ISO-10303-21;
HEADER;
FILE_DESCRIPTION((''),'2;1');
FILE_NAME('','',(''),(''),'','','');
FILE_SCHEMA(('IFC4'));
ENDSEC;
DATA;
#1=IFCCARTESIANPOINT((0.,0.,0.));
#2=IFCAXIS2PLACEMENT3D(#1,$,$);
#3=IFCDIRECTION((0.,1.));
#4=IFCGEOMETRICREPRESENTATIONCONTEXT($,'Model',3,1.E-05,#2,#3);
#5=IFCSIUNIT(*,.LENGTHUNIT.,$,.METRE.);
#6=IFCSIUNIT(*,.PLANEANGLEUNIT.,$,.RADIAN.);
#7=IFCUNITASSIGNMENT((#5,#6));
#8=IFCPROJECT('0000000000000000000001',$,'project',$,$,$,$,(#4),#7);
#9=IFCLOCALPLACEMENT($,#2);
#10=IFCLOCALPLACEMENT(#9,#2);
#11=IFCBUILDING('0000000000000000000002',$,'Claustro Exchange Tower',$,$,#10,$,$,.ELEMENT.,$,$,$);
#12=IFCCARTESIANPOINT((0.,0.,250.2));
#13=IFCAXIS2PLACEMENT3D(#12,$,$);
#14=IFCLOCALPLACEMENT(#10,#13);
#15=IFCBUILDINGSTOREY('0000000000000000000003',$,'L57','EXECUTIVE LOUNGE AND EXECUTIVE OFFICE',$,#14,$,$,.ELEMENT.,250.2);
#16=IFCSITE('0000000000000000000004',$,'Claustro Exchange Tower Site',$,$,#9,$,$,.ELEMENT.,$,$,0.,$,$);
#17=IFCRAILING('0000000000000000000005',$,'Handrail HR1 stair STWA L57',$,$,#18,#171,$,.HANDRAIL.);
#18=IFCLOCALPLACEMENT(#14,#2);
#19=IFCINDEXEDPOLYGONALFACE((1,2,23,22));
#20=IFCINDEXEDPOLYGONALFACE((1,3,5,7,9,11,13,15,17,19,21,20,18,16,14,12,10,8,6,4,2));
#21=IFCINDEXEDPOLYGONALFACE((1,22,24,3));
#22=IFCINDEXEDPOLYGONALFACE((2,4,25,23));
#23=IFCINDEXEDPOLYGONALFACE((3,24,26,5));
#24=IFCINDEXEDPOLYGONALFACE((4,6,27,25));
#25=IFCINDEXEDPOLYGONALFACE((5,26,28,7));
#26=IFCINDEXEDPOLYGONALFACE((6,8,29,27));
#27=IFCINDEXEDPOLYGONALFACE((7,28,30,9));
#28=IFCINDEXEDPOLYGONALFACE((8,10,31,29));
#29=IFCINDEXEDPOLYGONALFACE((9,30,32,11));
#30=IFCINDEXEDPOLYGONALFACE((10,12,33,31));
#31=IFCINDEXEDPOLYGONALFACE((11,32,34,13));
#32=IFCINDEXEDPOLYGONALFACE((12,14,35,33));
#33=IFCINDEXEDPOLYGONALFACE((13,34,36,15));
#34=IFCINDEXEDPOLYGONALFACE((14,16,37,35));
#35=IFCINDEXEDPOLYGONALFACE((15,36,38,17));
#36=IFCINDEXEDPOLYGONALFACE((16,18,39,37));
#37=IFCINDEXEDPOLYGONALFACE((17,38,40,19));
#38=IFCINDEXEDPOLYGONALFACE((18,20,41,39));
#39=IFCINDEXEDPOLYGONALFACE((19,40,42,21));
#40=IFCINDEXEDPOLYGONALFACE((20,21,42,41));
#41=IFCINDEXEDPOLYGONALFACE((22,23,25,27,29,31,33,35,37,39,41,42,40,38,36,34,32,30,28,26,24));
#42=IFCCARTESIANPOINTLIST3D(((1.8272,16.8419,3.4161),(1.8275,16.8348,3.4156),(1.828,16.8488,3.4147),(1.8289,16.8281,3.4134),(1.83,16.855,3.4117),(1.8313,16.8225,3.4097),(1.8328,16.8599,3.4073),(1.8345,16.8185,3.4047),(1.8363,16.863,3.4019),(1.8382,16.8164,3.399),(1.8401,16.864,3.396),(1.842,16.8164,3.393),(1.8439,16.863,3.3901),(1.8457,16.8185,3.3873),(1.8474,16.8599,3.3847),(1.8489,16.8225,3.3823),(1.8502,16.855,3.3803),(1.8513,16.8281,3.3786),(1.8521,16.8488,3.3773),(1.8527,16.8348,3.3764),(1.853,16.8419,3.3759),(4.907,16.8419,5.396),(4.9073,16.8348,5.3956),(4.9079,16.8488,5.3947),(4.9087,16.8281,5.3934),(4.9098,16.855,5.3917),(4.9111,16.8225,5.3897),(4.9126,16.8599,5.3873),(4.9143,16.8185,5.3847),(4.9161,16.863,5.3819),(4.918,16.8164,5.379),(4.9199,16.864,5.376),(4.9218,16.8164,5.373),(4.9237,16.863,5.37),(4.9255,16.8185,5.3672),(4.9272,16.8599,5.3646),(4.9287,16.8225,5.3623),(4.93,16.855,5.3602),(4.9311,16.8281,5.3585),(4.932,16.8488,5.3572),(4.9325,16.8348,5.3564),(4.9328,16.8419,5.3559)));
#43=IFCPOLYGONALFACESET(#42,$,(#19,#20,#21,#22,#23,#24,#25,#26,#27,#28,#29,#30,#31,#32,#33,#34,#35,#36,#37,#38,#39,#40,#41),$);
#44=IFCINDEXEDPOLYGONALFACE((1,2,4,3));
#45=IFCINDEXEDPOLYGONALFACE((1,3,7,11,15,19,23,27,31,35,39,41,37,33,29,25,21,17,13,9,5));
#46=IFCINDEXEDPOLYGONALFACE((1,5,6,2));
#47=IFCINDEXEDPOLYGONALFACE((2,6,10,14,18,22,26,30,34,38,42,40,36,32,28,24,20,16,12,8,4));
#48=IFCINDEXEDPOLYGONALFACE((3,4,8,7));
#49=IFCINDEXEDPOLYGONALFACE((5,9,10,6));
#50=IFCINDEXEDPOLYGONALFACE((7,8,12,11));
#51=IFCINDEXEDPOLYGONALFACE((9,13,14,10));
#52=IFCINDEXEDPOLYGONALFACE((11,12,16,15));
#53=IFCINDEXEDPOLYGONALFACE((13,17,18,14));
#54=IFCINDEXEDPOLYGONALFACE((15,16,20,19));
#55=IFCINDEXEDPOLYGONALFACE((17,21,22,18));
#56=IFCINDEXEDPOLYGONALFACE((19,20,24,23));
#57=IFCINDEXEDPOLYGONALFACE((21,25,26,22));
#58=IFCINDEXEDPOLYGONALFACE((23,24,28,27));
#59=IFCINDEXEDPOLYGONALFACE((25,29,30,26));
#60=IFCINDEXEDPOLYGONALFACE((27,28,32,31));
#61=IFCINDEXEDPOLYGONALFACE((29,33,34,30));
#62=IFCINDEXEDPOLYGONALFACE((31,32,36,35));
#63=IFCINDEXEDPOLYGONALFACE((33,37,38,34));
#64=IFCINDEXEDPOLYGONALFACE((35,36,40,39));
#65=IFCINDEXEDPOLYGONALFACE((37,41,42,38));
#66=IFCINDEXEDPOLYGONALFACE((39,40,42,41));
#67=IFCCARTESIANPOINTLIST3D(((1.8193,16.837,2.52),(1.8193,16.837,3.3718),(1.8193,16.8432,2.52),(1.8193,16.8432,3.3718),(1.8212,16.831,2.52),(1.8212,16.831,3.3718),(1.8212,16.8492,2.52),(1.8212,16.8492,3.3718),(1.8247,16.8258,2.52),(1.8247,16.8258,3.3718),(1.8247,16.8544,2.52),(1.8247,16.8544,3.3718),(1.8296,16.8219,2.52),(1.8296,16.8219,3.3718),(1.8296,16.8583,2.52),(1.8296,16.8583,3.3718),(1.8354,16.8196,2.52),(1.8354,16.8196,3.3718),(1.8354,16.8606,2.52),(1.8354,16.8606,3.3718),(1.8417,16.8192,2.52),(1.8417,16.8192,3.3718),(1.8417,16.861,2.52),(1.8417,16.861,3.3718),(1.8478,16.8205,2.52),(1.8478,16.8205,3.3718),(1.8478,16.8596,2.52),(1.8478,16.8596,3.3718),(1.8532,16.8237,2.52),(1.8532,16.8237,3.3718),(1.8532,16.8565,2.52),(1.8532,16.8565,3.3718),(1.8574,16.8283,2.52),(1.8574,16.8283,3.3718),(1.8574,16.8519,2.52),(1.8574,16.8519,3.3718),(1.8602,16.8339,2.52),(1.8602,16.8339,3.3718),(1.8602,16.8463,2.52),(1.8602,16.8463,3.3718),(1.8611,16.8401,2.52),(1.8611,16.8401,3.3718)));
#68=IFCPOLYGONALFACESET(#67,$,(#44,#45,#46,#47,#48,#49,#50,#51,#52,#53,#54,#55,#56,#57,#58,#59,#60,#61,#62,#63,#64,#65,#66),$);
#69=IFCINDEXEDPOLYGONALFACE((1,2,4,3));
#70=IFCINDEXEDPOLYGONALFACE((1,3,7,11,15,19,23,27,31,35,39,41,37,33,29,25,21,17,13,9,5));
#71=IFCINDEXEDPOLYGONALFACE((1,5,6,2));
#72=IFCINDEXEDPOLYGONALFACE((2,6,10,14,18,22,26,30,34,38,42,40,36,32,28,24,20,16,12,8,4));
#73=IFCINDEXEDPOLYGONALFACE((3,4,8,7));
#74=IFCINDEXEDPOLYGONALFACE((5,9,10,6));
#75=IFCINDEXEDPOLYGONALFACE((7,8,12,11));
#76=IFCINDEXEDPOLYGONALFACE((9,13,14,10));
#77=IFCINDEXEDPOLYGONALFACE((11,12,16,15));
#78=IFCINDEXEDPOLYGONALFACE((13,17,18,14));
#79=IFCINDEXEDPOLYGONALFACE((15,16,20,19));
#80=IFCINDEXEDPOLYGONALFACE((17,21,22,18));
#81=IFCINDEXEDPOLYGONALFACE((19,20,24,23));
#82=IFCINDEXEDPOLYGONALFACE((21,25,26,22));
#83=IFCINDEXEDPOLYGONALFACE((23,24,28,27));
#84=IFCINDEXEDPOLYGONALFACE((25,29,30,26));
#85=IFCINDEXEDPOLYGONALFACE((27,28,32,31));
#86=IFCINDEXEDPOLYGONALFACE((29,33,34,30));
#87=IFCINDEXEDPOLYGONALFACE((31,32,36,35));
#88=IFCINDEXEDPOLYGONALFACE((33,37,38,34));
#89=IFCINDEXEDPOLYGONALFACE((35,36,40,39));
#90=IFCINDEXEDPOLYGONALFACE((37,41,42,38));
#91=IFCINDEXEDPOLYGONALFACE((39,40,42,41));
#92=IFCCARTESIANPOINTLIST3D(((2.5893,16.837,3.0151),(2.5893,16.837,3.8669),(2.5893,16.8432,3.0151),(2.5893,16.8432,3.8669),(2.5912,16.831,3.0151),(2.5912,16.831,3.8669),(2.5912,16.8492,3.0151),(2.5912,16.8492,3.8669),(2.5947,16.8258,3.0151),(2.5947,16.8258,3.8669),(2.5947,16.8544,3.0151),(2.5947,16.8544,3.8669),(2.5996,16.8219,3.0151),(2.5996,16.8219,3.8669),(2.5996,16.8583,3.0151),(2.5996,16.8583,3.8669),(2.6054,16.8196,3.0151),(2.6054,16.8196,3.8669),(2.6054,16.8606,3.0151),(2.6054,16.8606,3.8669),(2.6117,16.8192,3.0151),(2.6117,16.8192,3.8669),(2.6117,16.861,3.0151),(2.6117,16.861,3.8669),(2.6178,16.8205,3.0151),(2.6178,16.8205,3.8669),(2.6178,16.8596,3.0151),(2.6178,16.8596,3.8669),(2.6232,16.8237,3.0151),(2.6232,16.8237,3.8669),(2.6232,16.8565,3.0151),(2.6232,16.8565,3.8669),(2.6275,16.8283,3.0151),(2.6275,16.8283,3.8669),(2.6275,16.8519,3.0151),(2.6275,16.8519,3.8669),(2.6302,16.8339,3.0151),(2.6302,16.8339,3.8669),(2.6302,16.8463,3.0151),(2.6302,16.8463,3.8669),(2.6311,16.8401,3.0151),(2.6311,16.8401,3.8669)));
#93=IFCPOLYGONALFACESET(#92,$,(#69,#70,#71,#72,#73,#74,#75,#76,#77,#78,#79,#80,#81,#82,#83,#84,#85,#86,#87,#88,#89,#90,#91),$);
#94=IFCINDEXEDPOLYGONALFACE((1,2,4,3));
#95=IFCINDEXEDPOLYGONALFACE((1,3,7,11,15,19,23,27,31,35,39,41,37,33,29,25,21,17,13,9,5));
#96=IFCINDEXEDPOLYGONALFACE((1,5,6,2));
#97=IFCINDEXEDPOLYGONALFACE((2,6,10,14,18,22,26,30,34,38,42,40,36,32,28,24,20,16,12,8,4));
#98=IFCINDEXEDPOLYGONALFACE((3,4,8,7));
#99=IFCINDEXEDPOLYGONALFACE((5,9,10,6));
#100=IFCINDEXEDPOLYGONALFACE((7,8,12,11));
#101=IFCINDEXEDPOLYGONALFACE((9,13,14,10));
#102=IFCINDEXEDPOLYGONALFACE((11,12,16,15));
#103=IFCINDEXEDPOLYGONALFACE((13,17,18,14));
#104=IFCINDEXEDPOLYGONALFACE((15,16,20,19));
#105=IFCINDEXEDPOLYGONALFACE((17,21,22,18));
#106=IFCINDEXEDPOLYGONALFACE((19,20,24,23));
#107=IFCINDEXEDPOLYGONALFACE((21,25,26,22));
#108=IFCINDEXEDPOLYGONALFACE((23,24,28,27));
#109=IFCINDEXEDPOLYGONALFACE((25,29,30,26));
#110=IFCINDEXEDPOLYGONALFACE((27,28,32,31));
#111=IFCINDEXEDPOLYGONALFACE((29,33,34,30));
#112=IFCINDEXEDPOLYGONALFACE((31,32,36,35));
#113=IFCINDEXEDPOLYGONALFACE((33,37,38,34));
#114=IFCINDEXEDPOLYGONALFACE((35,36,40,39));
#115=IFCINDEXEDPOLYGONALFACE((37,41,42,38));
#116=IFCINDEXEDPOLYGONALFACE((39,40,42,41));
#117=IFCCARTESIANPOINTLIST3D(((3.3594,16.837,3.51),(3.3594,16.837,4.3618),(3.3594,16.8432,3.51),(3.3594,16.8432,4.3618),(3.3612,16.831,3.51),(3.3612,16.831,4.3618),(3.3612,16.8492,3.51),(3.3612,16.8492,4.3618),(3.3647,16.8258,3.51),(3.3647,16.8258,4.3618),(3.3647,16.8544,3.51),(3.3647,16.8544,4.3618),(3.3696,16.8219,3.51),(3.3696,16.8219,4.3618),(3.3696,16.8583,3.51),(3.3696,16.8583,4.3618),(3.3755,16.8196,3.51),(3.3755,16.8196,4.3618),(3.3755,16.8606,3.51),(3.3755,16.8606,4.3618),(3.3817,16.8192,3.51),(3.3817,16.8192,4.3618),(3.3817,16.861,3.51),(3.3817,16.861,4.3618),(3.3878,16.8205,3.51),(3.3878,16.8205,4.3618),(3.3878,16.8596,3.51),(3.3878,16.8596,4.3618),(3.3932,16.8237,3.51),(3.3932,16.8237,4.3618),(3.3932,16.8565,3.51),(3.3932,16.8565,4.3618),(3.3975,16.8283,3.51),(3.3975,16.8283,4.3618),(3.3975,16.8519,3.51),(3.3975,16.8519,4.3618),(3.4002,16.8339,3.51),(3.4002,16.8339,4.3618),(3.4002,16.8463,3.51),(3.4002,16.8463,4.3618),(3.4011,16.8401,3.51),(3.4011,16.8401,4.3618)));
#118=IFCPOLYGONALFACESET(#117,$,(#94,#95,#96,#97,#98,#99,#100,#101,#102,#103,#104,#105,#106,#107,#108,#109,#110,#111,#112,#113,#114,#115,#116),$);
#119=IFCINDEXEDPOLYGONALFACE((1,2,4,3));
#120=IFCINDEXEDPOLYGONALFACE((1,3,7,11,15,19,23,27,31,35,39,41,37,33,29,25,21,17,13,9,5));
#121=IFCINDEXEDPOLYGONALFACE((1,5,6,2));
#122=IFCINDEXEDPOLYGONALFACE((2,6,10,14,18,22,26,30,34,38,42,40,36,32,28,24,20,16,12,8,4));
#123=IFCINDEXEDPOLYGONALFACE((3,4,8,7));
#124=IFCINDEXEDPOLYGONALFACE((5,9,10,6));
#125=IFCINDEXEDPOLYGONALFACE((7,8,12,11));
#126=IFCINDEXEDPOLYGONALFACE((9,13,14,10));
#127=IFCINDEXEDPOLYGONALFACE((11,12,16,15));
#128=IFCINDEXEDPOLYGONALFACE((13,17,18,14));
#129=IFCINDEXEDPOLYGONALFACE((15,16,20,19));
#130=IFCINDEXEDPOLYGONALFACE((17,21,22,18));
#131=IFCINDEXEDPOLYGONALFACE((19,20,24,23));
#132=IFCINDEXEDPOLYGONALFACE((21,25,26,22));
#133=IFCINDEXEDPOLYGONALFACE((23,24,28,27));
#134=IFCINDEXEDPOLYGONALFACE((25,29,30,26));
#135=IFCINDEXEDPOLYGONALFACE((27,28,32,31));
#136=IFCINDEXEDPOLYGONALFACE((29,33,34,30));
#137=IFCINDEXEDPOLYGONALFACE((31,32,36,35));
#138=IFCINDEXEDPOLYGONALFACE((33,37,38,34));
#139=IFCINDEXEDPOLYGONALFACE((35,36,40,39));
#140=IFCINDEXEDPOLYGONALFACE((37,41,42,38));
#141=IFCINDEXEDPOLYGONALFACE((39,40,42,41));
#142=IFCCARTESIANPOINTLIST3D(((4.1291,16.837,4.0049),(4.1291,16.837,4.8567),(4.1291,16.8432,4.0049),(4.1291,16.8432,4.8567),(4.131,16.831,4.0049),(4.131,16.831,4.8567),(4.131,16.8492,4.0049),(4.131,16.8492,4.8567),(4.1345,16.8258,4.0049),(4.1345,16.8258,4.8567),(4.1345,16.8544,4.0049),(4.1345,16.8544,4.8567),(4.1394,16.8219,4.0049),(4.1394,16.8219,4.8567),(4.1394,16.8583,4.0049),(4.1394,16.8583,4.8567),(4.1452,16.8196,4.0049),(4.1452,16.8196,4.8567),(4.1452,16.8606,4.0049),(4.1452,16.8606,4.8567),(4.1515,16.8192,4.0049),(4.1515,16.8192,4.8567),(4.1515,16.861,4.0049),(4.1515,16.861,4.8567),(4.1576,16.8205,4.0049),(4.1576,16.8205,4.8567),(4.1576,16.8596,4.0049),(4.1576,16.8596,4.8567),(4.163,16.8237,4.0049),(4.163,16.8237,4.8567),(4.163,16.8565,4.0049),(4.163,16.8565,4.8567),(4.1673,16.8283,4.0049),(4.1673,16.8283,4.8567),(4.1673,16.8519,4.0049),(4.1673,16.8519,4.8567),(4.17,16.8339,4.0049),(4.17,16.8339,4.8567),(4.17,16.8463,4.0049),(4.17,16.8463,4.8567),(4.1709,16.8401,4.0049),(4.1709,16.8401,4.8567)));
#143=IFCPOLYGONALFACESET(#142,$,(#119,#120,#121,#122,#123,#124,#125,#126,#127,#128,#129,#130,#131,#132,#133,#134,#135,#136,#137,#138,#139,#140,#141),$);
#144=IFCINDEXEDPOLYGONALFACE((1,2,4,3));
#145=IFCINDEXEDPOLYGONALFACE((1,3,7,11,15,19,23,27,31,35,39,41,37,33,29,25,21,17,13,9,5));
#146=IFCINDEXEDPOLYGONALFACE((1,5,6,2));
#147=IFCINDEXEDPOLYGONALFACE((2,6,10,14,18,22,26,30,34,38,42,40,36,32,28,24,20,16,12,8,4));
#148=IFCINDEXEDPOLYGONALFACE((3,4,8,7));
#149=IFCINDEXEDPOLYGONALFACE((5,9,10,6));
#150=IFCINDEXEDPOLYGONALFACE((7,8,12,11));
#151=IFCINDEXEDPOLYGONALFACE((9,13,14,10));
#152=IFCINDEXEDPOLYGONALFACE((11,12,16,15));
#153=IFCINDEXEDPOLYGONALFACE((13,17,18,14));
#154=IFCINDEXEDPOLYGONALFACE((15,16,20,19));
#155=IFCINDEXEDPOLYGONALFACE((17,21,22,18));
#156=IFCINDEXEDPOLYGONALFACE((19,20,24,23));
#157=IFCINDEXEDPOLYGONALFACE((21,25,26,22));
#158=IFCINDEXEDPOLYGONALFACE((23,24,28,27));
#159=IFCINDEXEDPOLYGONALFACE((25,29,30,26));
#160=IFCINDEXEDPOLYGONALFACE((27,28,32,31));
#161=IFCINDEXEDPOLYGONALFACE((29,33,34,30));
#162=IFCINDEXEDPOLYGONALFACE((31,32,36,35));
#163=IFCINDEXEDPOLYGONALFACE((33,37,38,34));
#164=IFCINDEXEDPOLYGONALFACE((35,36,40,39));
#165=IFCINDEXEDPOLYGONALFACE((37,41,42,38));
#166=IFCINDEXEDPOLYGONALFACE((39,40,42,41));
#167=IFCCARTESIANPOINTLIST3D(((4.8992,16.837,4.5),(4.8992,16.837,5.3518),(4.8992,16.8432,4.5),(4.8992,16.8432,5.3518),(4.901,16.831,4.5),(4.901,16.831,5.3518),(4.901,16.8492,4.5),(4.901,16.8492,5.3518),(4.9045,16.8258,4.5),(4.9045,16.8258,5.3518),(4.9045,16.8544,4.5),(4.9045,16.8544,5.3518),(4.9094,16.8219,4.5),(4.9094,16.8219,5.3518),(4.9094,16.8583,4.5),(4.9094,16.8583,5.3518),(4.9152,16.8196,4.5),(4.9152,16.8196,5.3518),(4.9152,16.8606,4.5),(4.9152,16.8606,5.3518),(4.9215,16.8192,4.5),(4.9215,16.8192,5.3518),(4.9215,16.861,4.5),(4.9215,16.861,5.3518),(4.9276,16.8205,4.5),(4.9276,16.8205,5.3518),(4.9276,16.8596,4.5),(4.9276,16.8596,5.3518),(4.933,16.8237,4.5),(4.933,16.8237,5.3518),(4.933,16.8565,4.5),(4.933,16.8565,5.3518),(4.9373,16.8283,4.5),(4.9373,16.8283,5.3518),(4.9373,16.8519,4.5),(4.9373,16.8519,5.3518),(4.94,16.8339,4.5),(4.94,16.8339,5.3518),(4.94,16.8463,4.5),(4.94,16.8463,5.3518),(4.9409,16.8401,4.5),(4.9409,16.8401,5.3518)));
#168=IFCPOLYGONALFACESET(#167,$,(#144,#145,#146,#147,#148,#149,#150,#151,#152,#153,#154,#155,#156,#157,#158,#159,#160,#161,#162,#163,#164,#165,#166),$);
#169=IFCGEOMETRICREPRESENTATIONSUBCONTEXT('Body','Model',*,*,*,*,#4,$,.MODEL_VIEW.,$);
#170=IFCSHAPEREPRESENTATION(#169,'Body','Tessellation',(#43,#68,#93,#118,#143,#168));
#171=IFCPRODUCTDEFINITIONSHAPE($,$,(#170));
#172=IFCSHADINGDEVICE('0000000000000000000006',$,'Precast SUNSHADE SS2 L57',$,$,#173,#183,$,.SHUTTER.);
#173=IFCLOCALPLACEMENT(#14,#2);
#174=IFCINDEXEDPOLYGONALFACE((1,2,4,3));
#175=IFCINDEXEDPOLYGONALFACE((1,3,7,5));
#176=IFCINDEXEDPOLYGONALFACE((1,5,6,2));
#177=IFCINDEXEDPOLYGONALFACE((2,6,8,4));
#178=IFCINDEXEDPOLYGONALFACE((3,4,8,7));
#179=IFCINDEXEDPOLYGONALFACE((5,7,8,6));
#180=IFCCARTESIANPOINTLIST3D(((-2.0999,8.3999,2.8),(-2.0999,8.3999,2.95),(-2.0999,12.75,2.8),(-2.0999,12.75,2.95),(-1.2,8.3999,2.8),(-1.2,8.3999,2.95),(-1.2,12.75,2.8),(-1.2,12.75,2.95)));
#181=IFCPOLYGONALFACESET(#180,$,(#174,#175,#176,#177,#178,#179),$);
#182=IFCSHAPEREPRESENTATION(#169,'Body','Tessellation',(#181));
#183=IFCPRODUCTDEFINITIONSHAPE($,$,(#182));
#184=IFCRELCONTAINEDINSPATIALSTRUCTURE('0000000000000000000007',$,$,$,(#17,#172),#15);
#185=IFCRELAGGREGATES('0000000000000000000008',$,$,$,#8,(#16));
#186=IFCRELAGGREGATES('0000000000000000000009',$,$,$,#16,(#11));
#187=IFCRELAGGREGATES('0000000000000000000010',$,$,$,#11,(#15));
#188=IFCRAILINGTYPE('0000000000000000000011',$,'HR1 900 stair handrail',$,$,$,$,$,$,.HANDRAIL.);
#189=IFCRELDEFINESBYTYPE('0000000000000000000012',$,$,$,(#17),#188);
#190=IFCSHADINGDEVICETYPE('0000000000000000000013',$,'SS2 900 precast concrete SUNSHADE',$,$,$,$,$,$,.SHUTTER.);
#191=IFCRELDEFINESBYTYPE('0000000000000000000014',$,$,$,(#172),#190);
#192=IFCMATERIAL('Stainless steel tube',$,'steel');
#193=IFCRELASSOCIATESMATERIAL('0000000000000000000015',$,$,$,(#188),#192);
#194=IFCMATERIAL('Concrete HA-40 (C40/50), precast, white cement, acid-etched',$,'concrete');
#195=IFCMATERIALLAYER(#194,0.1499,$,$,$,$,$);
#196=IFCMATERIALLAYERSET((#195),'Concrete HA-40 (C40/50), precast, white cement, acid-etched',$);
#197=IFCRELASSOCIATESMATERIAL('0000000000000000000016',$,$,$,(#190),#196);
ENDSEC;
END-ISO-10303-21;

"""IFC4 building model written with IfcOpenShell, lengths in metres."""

from ifc_helpers import new_model, si_unit, direction, frame, origin, origin_2d, place, context, subcontext, project, spatial, rectangle, circle, extrude, material, layer, layer_set, type_object, element, save


model = new_model("IFC4")

# Units and contexts
model_context = context("Model", 3, precision=1e-05, world=origin(), true_north=direction((0.0, 1.0)))
body_context = subcontext(model_context, "Body", "Model", "MODEL_VIEW")
ifc_project = project(units=[si_unit("LENGTHUNIT", "METRE"), si_unit("PLANEANGLEUNIT", "RADIAN")], contexts=[model_context])

# Site, building, storey
site_placement = place(None, origin())
site = spatial("IfcSite", under=ifc_project, at=site_placement, Name="Claustro Exchange Tower Site", CompositionType="ELEMENT", RefElevation=0.0)
building_placement = place(site_placement, origin())
building = spatial("IfcBuilding", under=site, at=building_placement, Name="Claustro Exchange Tower", CompositionType="ELEMENT")
storey_placement = place(building_placement, frame((0.0, 0.0, 250.2)))
storey = spatial("IfcBuildingStorey", under=building, at=storey_placement, Name="L57", Description="EXECUTIVE LOUNGE AND EXECUTIVE OFFICE", CompositionType="ELEMENT", Elevation=250.2)

# Railing
ifc_material_1 = material(Name="Stainless steel tube", Category="steel")
railing_type_1 = type_object("IfcRailingType", Name="HR1 900 stair handrail", PredefinedType="HANDRAIL", material=ifc_material_1)
railing_1_placement = place(storey_placement, frame((1.8401, 16.8401, 2.52)))
element("IfcRailing", 1, at=railing_1_placement, inside=storey, type_object=railing_type_1, Name="Handrail HR1 stair STWA L57", PredefinedType="HANDRAIL", context=body_context, shape_type="SweptSolid", body=[
    extrude(circle(Radius=0.0239, at=origin_2d()), frame((0.0, 0.0, 0.876), z_axis=(0.841168, 0.0, 0.540774), x_axis=(0.0, 1.0, 0.0)), (0.0, 0.0, 1.0), 3.6614),
    extrude(circle(Radius=0.021, at=origin_2d()), origin(), (0.0, 0.0, 1.0), 0.8518),
    extrude(circle(Radius=0.021, at=origin_2d()), frame((0.77, 0.0, 0.4951)), (0.0, 0.0, 1.0), 0.8518),
    extrude(circle(Radius=0.021, at=origin_2d()), frame((1.54, 0.0, 0.99)), (0.0, 0.0, 1.0), 0.8518),
    extrude(circle(Radius=0.021, at=origin_2d()), frame((2.3098, 0.0, 1.4849)), (0.0, 0.0, 1.0), 0.8518),
    extrude(circle(Radius=0.021, at=origin_2d()), frame((3.0798, 0.0, 1.98)), (0.0, 0.0, 1.0), 0.8518),
])

# Shading device
ifc_material_2 = material(Name="Concrete HA-40 (C40/50), precast, white cement, acid-etched", Category="concrete")
ifc_layer_1 = layer(ifc_material_2, 0.1499)
ifc_layer_set_1 = layer_set([ifc_layer_1], Name="Concrete HA-40 (C40/50), precast, white cement, acid-etched")
shading_device_type = type_object("IfcShadingDeviceType", Name="SS2 900 precast concrete SUNSHADE", PredefinedType="SHUTTER", material=ifc_layer_set_1)
shading_device_placement = place(storey_placement, frame((-1.6499, 10.575, 2.8), z_axis=(0.0, 0.0, 1.0), x_axis=(0.0, 1.0, 0.0)))
element("IfcShadingDevice", 2, at=shading_device_placement, inside=storey, type_object=shading_device_type, Name="Precast SUNSHADE SS2 L57", PredefinedType="SHUTTER", context=body_context, shape_type="SweptSolid", body=[
    extrude(rectangle(XDim=4.3501, YDim=0.8999, at=origin_2d()), origin(), (0.0, 0.0, 1.0), 0.1499),
])

save(model, "model.ifc")
